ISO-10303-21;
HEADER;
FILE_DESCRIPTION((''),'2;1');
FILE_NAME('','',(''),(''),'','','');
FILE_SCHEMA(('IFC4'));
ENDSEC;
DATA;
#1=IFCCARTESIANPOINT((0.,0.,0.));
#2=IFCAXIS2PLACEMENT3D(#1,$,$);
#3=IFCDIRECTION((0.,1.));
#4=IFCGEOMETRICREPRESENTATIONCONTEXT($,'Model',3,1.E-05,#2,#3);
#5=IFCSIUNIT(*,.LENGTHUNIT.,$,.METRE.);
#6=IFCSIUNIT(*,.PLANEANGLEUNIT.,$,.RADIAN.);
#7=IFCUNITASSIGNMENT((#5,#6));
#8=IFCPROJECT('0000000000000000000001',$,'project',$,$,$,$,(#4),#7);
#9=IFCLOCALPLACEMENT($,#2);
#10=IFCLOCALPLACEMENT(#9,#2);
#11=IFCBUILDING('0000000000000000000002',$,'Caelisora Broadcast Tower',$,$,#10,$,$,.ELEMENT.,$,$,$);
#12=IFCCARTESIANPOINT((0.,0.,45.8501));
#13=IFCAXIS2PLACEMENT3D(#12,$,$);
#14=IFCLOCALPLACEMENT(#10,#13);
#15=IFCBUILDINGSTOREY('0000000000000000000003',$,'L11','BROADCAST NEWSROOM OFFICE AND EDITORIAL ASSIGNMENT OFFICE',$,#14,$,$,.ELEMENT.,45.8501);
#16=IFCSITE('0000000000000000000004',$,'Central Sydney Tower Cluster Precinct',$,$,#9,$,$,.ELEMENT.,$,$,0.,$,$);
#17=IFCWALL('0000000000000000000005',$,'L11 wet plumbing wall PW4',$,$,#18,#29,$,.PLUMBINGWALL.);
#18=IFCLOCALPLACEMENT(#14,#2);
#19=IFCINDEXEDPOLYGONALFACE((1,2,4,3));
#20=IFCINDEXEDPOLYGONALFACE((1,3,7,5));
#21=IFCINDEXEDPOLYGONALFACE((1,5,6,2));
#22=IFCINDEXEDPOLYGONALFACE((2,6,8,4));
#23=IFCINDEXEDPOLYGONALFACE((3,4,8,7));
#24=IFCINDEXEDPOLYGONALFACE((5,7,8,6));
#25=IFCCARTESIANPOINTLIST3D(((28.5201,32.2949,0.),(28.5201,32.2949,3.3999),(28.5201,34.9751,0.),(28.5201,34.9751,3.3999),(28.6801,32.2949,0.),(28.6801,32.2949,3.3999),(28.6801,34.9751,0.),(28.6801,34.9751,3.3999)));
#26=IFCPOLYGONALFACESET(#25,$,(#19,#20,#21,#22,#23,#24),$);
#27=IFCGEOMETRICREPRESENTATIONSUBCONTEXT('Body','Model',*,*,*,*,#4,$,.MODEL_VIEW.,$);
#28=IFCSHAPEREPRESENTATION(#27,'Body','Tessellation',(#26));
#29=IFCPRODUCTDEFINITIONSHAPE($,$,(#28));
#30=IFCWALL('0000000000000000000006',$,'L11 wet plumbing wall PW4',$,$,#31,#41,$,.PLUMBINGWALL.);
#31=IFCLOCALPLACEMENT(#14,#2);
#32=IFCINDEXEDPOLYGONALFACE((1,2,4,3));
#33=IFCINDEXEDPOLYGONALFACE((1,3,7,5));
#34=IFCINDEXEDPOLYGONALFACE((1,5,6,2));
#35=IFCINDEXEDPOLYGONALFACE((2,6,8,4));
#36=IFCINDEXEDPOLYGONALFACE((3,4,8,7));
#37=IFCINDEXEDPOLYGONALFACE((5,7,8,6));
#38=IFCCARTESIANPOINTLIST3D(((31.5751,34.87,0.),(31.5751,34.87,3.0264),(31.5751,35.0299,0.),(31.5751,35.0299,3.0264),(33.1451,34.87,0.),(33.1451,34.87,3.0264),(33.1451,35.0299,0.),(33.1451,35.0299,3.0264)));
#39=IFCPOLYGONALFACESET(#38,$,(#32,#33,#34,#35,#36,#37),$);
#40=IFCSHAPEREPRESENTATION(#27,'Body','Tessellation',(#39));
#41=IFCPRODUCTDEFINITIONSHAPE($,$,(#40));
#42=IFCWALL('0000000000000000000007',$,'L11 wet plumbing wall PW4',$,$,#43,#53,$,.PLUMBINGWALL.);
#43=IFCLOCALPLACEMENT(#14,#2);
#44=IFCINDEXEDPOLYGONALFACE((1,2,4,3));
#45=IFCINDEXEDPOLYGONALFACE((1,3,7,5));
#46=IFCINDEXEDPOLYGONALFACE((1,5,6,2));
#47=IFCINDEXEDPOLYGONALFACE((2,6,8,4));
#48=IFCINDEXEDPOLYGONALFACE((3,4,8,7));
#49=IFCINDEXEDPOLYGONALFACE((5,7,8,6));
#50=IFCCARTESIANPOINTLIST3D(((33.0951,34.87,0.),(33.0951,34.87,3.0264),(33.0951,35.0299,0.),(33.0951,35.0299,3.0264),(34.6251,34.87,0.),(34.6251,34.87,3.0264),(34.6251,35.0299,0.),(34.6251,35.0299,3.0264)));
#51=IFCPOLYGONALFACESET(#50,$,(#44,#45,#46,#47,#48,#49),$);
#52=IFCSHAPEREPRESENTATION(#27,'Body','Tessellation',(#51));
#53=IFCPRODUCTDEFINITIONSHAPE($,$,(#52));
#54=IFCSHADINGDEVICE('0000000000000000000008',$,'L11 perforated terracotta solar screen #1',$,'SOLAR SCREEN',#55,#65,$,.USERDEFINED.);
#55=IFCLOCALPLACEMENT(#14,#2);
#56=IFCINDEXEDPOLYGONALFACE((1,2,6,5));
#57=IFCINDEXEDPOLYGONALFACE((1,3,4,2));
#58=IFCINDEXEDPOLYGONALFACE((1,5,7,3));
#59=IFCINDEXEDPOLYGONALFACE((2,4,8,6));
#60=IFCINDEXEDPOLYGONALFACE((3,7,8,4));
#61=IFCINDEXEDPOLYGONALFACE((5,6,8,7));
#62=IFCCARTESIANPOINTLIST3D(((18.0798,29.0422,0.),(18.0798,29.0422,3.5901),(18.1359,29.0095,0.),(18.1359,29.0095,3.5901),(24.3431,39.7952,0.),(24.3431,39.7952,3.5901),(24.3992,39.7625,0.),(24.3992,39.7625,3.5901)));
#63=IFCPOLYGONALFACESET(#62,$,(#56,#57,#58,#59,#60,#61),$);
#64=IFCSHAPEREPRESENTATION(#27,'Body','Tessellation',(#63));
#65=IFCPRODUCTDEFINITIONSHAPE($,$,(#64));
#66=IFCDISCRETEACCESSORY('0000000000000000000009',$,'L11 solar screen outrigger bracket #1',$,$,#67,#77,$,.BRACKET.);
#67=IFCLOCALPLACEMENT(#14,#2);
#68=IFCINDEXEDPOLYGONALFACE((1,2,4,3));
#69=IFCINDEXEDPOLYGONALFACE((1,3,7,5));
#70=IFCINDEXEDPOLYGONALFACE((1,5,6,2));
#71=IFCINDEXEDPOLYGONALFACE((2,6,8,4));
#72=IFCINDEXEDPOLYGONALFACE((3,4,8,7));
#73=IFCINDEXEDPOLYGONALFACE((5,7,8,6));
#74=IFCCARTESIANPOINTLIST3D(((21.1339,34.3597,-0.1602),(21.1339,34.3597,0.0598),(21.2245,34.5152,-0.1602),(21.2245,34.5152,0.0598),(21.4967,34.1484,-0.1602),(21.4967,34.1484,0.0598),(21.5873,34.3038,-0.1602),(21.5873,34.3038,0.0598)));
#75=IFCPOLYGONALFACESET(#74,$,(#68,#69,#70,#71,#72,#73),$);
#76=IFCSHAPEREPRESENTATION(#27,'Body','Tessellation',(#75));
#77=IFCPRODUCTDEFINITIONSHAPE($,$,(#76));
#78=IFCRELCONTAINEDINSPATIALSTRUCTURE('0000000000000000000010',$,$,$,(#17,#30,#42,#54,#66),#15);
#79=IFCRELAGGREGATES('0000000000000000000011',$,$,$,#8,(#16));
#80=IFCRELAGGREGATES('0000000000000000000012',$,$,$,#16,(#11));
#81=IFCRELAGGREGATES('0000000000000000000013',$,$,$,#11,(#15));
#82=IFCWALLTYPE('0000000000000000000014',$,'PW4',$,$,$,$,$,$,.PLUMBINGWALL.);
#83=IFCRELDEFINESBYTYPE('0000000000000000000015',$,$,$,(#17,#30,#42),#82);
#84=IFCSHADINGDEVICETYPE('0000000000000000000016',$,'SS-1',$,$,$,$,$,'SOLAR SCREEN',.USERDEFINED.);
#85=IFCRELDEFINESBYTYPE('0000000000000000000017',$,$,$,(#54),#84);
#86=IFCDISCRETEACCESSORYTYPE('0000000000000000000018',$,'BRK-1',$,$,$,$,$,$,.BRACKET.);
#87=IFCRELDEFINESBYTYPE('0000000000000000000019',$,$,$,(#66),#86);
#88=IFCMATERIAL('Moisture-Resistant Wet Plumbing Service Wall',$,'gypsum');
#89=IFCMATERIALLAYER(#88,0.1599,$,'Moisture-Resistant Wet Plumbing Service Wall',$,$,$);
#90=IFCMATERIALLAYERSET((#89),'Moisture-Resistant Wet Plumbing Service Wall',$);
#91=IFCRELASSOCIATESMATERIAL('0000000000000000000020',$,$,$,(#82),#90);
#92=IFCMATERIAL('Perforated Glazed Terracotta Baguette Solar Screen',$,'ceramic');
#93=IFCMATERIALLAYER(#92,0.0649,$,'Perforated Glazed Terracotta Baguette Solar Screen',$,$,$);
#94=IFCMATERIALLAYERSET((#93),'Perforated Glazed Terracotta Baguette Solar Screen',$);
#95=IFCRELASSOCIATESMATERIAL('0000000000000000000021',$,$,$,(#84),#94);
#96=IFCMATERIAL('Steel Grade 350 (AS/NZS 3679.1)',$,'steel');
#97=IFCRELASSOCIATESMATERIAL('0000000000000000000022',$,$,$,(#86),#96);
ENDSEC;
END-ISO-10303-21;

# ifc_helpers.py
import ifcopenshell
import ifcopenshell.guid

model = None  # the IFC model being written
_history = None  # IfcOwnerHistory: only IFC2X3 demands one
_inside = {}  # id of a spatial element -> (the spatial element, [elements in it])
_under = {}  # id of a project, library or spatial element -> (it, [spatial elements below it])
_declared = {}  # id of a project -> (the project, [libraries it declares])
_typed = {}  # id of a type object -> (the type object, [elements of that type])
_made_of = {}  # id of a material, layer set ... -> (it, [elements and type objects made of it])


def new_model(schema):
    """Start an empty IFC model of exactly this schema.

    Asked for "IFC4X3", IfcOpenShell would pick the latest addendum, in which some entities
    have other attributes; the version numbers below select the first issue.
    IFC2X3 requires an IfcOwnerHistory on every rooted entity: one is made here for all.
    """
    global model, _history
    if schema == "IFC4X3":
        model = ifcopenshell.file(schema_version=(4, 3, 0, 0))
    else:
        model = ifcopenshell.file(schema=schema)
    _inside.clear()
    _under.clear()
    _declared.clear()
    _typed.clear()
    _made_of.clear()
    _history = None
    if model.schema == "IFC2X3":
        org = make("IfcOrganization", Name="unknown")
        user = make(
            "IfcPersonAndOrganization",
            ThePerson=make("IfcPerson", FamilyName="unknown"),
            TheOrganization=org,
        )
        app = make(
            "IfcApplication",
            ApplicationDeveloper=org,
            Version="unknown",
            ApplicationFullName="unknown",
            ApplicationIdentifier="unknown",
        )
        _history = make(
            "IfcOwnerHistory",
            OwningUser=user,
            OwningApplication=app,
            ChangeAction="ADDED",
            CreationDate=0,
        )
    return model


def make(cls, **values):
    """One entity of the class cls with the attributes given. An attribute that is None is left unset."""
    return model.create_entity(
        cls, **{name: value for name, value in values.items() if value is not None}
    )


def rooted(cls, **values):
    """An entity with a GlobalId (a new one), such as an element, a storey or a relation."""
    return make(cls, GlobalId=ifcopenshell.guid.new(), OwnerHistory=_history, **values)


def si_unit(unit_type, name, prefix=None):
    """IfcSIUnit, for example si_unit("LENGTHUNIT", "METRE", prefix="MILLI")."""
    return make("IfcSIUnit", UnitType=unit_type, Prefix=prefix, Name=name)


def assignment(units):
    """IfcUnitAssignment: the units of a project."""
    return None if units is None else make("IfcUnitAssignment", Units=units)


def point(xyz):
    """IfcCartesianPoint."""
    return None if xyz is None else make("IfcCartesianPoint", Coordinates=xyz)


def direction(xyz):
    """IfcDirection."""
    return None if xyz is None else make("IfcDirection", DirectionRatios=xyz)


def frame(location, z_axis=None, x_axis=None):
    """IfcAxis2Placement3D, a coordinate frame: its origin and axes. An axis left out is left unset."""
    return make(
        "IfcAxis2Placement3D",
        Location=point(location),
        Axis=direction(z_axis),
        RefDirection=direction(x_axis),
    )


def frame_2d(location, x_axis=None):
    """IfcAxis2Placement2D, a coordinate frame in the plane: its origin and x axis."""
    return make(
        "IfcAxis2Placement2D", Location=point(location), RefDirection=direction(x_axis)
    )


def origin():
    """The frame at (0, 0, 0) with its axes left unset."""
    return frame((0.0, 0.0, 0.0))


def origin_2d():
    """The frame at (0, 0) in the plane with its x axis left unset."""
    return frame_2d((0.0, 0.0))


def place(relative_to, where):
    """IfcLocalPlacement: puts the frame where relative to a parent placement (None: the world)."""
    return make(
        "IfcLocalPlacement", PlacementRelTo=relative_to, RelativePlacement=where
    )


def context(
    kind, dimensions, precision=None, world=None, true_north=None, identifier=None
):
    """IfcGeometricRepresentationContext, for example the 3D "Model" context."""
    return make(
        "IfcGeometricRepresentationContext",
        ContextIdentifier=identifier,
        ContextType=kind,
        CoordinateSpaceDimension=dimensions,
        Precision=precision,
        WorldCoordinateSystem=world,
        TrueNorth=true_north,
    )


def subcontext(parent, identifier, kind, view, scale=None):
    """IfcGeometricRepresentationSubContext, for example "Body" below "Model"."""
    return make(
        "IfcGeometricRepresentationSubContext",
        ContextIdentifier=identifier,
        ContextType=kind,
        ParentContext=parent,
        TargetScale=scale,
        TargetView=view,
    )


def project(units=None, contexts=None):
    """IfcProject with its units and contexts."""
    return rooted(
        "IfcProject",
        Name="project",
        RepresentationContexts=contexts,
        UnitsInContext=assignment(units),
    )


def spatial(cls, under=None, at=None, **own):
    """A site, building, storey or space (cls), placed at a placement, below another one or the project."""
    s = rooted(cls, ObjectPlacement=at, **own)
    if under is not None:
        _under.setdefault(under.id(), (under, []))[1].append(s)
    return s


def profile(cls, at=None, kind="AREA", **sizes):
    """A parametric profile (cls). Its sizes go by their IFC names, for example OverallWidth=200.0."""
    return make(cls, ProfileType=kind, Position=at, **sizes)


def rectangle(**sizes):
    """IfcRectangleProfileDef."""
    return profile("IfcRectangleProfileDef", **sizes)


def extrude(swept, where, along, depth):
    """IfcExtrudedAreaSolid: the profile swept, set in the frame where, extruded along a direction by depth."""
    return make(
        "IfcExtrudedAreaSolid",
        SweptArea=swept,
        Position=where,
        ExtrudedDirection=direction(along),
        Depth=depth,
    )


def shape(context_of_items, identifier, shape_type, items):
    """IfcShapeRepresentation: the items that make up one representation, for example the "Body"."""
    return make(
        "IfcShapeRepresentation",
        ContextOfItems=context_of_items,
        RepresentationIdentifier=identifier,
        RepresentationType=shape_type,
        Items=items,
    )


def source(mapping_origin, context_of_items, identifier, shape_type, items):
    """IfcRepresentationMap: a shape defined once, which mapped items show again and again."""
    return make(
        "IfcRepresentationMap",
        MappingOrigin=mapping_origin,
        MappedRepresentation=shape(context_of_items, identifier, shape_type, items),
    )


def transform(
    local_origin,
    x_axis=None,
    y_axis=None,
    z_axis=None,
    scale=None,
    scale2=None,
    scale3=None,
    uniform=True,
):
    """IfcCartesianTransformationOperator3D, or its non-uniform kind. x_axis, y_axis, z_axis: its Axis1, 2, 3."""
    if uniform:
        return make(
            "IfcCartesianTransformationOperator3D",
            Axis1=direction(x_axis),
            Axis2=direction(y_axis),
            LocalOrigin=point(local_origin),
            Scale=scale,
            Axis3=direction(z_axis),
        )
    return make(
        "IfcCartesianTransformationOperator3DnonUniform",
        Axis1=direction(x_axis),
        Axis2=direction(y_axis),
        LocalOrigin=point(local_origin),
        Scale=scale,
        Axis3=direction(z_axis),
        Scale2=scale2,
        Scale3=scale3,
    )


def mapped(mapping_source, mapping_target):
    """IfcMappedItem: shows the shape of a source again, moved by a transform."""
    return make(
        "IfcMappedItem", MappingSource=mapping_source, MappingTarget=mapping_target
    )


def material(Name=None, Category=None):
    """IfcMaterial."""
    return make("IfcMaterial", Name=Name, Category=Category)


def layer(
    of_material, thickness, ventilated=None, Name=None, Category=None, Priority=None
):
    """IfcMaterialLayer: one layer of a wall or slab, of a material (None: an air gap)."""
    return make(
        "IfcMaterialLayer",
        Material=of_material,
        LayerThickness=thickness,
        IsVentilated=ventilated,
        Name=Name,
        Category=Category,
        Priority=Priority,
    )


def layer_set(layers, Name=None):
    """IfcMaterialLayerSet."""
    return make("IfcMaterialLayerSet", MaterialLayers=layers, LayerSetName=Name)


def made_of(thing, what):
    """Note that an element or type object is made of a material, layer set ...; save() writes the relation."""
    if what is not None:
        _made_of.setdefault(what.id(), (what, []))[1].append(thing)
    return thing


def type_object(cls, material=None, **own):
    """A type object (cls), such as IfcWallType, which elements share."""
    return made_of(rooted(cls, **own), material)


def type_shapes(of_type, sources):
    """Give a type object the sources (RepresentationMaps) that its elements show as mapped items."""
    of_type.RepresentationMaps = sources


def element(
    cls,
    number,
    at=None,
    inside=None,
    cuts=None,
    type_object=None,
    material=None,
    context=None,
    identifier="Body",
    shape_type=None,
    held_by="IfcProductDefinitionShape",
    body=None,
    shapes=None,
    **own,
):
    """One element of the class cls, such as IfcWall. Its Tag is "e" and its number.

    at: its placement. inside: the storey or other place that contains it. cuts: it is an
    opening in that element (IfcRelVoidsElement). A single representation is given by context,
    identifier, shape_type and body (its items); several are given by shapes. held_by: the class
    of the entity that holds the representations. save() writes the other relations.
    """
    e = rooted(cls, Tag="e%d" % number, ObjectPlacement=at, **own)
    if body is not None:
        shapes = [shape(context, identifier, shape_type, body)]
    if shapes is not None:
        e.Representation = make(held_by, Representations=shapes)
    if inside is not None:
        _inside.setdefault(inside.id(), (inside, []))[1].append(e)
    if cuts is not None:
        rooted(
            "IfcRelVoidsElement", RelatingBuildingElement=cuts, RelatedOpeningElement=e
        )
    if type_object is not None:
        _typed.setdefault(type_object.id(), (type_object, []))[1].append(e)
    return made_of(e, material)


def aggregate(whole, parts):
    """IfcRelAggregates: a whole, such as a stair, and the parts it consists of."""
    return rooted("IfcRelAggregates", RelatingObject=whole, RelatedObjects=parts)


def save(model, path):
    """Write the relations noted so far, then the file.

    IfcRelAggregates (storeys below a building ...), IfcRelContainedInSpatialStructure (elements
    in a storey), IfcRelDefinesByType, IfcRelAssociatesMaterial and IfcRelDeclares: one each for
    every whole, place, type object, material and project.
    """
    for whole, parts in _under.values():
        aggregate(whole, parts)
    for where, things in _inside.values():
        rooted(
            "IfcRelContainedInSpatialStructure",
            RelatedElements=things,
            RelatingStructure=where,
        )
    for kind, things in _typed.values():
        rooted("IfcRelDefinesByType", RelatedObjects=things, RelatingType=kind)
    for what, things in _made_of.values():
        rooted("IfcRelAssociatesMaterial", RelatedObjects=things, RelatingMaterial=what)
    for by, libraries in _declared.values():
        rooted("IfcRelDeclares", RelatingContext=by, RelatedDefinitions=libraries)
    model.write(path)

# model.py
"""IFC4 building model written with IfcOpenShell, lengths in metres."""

from ifc_helpers import new_model, si_unit, direction, frame, frame_2d, origin, origin_2d, place, context, subcontext, project, spatial, rectangle, extrude, source, transform, mapped, material, layer, layer_set, type_object, type_shapes, element, save


model = new_model("IFC4")

# Units and contexts
model_context = context("Model", 3, precision=1e-05, world=origin(), true_north=direction((0.0, 1.0)))
body_context = subcontext(model_context, "Body", "Model", "MODEL_VIEW")
ifc_project = project(units=[si_unit("LENGTHUNIT", "METRE"), si_unit("PLANEANGLEUNIT", "RADIAN")], contexts=[model_context])

# Site, building, storey
site_placement = place(None, origin())
site = spatial("IfcSite", under=ifc_project, at=site_placement, Name="Central Sydney Tower Cluster Precinct", CompositionType="ELEMENT", RefElevation=0.0)
building_placement = place(site_placement, origin())
building = spatial("IfcBuilding", under=site, at=building_placement, Name="Caelisora Broadcast Tower", CompositionType="ELEMENT")
storey_placement = place(building_placement, frame((0.0, 0.0, 45.8501)))
storey = spatial("IfcBuildingStorey", under=building, at=storey_placement, Name="L11", Description="BROADCAST NEWSROOM OFFICE AND EDITORIAL ASSIGNMENT OFFICE", CompositionType="ELEMENT", Elevation=45.8501)

# Shared definitions
ifc_material_1 = material(Name="Steel Grade 350 (AS/NZS 3679.1)", Category="steel")

# Shared definitions
ifc_material_2 = material(Name="Moisture-Resistant Wet Plumbing Service Wall", Category="gypsum")
ifc_layer_1 = layer(ifc_material_2, 0.1599, Name="Moisture-Resistant Wet Plumbing Service Wall")
ifc_layer_set_1 = layer_set([ifc_layer_1], Name="Moisture-Resistant Wet Plumbing Service Wall")
wall_type_1 = type_object("IfcWallType", Name="PW4", PredefinedType="PLUMBINGWALL", material=ifc_layer_set_1)

# Walls
wall_1_placement = place(storey_placement, frame((28.6001, 32.2949, 0.0), z_axis=(0.0, 0.0, 1.0), x_axis=(0.0, 1.0, 0.0)))
element("IfcWall", 1, at=wall_1_placement, inside=storey, type_object=wall_type_1, Name="L11 wet plumbing wall PW4", PredefinedType="PLUMBINGWALL", context=body_context, shape_type="SweptSolid", body=[
    extrude(rectangle(XDim=2.6802, YDim=0.1599, at=frame_2d((1.3401, 0.0))), origin(), (0.0, 0.0, 1.0), 3.3999),
])
wall_2_placement = place(storey_placement, frame((31.575, 34.95, 0.0), z_axis=(0.0, 0.0, 1.0), x_axis=(1.0, 0.0, 0.0)))
element("IfcWall", 2, at=wall_2_placement, inside=storey, type_object=wall_type_1, Name="L11 wet plumbing wall PW4", PredefinedType="PLUMBINGWALL", context=body_context, shape_type="SweptSolid", body=[
    extrude(rectangle(XDim=1.5701, YDim=0.1599, at=frame_2d((0.7852, 0.0))), origin(), (0.0, 0.0, 1.0), 3.0264),
])
wall_3_placement = place(storey_placement, frame((33.095, 34.95, 0.0), z_axis=(0.0, 0.0, 1.0), x_axis=(1.0, 0.0, 0.0)))
element("IfcWall", 3, at=wall_3_placement, inside=storey, type_object=wall_type_1, Name="L11 wet plumbing wall PW4", PredefinedType="PLUMBINGWALL", context=body_context, shape_type="SweptSolid", body=[
    extrude(rectangle(XDim=1.53, YDim=0.1599, at=frame_2d((0.7651, 0.0))), origin(), (0.0, 0.0, 1.0), 3.0264),
])

# Shading device
ifc_material_3 = material(Name="Perforated Glazed Terracotta Baguette Solar Screen", Category="ceramic")
ifc_layer_2 = layer(ifc_material_3, 0.0649, Name="Perforated Glazed Terracotta Baguette Solar Screen")
ifc_layer_set_2 = layer_set([ifc_layer_2], Name="Perforated Glazed Terracotta Baguette Solar Screen")
shading_device_type = type_object("IfcShadingDeviceType", Name="SS-1", ElementType="SOLAR SCREEN", PredefinedType="USERDEFINED", material=ifc_layer_set_2)
shared_shape_1 = source(origin(), body_context, "Body", "SweptSolid", [
    extrude(rectangle(XDim=12.4441, YDim=0.0649, at=origin_2d()), origin(), (0.0, 0.0, 1.0), 3.5901),
])
type_shapes(shading_device_type, [shared_shape_1])
shading_device_placement = place(storey_placement, frame((21.2395, 34.4023, 0.0), z_axis=(0.0, 0.0, 1.0), x_axis=(-0.503322, -0.864099, 0.0)))
element("IfcShadingDevice", 4, at=shading_device_placement, inside=storey, type_object=shading_device_type, Name="L11 perforated terracotta solar screen #1", ObjectType="SOLAR SCREEN", PredefinedType="USERDEFINED", context=body_context, shape_type="MappedRepresentation", body=[
    mapped(shared_shape_1, transform((0.0, 0.0, 0.0), scale=1.0)),
])

# Discrete accessory
discrete_accessory_type = type_object("IfcDiscreteAccessoryType", Name="BRK-1", PredefinedType="BRACKET", material=ifc_material_1)
shared_shape_2 = source(origin(), body_context, "Body", "SweptSolid", [
    extrude(rectangle(XDim=0.1799, YDim=0.4199, at=origin_2d()), origin(), (0.0, 0.0, 1.0), 0.22),
])
type_shapes(discrete_accessory_type, [shared_shape_2])
discrete_accessory_placement = place(storey_placement, frame((21.3606, 34.3318, -0.1602), z_axis=(0.0, 0.0, 1.0), x_axis=(-0.503322, -0.864099, 0.0)))
element("IfcDiscreteAccessory", 5, at=discrete_accessory_placement, inside=storey, type_object=discrete_accessory_type, Name="L11 solar screen outrigger bracket #1", PredefinedType="BRACKET", context=body_context, shape_type="MappedRepresentation", body=[
    mapped(shared_shape_2, transform((0.0, 0.0, 0.0), scale=1.0)),
])

save(model, "model.ifc")
